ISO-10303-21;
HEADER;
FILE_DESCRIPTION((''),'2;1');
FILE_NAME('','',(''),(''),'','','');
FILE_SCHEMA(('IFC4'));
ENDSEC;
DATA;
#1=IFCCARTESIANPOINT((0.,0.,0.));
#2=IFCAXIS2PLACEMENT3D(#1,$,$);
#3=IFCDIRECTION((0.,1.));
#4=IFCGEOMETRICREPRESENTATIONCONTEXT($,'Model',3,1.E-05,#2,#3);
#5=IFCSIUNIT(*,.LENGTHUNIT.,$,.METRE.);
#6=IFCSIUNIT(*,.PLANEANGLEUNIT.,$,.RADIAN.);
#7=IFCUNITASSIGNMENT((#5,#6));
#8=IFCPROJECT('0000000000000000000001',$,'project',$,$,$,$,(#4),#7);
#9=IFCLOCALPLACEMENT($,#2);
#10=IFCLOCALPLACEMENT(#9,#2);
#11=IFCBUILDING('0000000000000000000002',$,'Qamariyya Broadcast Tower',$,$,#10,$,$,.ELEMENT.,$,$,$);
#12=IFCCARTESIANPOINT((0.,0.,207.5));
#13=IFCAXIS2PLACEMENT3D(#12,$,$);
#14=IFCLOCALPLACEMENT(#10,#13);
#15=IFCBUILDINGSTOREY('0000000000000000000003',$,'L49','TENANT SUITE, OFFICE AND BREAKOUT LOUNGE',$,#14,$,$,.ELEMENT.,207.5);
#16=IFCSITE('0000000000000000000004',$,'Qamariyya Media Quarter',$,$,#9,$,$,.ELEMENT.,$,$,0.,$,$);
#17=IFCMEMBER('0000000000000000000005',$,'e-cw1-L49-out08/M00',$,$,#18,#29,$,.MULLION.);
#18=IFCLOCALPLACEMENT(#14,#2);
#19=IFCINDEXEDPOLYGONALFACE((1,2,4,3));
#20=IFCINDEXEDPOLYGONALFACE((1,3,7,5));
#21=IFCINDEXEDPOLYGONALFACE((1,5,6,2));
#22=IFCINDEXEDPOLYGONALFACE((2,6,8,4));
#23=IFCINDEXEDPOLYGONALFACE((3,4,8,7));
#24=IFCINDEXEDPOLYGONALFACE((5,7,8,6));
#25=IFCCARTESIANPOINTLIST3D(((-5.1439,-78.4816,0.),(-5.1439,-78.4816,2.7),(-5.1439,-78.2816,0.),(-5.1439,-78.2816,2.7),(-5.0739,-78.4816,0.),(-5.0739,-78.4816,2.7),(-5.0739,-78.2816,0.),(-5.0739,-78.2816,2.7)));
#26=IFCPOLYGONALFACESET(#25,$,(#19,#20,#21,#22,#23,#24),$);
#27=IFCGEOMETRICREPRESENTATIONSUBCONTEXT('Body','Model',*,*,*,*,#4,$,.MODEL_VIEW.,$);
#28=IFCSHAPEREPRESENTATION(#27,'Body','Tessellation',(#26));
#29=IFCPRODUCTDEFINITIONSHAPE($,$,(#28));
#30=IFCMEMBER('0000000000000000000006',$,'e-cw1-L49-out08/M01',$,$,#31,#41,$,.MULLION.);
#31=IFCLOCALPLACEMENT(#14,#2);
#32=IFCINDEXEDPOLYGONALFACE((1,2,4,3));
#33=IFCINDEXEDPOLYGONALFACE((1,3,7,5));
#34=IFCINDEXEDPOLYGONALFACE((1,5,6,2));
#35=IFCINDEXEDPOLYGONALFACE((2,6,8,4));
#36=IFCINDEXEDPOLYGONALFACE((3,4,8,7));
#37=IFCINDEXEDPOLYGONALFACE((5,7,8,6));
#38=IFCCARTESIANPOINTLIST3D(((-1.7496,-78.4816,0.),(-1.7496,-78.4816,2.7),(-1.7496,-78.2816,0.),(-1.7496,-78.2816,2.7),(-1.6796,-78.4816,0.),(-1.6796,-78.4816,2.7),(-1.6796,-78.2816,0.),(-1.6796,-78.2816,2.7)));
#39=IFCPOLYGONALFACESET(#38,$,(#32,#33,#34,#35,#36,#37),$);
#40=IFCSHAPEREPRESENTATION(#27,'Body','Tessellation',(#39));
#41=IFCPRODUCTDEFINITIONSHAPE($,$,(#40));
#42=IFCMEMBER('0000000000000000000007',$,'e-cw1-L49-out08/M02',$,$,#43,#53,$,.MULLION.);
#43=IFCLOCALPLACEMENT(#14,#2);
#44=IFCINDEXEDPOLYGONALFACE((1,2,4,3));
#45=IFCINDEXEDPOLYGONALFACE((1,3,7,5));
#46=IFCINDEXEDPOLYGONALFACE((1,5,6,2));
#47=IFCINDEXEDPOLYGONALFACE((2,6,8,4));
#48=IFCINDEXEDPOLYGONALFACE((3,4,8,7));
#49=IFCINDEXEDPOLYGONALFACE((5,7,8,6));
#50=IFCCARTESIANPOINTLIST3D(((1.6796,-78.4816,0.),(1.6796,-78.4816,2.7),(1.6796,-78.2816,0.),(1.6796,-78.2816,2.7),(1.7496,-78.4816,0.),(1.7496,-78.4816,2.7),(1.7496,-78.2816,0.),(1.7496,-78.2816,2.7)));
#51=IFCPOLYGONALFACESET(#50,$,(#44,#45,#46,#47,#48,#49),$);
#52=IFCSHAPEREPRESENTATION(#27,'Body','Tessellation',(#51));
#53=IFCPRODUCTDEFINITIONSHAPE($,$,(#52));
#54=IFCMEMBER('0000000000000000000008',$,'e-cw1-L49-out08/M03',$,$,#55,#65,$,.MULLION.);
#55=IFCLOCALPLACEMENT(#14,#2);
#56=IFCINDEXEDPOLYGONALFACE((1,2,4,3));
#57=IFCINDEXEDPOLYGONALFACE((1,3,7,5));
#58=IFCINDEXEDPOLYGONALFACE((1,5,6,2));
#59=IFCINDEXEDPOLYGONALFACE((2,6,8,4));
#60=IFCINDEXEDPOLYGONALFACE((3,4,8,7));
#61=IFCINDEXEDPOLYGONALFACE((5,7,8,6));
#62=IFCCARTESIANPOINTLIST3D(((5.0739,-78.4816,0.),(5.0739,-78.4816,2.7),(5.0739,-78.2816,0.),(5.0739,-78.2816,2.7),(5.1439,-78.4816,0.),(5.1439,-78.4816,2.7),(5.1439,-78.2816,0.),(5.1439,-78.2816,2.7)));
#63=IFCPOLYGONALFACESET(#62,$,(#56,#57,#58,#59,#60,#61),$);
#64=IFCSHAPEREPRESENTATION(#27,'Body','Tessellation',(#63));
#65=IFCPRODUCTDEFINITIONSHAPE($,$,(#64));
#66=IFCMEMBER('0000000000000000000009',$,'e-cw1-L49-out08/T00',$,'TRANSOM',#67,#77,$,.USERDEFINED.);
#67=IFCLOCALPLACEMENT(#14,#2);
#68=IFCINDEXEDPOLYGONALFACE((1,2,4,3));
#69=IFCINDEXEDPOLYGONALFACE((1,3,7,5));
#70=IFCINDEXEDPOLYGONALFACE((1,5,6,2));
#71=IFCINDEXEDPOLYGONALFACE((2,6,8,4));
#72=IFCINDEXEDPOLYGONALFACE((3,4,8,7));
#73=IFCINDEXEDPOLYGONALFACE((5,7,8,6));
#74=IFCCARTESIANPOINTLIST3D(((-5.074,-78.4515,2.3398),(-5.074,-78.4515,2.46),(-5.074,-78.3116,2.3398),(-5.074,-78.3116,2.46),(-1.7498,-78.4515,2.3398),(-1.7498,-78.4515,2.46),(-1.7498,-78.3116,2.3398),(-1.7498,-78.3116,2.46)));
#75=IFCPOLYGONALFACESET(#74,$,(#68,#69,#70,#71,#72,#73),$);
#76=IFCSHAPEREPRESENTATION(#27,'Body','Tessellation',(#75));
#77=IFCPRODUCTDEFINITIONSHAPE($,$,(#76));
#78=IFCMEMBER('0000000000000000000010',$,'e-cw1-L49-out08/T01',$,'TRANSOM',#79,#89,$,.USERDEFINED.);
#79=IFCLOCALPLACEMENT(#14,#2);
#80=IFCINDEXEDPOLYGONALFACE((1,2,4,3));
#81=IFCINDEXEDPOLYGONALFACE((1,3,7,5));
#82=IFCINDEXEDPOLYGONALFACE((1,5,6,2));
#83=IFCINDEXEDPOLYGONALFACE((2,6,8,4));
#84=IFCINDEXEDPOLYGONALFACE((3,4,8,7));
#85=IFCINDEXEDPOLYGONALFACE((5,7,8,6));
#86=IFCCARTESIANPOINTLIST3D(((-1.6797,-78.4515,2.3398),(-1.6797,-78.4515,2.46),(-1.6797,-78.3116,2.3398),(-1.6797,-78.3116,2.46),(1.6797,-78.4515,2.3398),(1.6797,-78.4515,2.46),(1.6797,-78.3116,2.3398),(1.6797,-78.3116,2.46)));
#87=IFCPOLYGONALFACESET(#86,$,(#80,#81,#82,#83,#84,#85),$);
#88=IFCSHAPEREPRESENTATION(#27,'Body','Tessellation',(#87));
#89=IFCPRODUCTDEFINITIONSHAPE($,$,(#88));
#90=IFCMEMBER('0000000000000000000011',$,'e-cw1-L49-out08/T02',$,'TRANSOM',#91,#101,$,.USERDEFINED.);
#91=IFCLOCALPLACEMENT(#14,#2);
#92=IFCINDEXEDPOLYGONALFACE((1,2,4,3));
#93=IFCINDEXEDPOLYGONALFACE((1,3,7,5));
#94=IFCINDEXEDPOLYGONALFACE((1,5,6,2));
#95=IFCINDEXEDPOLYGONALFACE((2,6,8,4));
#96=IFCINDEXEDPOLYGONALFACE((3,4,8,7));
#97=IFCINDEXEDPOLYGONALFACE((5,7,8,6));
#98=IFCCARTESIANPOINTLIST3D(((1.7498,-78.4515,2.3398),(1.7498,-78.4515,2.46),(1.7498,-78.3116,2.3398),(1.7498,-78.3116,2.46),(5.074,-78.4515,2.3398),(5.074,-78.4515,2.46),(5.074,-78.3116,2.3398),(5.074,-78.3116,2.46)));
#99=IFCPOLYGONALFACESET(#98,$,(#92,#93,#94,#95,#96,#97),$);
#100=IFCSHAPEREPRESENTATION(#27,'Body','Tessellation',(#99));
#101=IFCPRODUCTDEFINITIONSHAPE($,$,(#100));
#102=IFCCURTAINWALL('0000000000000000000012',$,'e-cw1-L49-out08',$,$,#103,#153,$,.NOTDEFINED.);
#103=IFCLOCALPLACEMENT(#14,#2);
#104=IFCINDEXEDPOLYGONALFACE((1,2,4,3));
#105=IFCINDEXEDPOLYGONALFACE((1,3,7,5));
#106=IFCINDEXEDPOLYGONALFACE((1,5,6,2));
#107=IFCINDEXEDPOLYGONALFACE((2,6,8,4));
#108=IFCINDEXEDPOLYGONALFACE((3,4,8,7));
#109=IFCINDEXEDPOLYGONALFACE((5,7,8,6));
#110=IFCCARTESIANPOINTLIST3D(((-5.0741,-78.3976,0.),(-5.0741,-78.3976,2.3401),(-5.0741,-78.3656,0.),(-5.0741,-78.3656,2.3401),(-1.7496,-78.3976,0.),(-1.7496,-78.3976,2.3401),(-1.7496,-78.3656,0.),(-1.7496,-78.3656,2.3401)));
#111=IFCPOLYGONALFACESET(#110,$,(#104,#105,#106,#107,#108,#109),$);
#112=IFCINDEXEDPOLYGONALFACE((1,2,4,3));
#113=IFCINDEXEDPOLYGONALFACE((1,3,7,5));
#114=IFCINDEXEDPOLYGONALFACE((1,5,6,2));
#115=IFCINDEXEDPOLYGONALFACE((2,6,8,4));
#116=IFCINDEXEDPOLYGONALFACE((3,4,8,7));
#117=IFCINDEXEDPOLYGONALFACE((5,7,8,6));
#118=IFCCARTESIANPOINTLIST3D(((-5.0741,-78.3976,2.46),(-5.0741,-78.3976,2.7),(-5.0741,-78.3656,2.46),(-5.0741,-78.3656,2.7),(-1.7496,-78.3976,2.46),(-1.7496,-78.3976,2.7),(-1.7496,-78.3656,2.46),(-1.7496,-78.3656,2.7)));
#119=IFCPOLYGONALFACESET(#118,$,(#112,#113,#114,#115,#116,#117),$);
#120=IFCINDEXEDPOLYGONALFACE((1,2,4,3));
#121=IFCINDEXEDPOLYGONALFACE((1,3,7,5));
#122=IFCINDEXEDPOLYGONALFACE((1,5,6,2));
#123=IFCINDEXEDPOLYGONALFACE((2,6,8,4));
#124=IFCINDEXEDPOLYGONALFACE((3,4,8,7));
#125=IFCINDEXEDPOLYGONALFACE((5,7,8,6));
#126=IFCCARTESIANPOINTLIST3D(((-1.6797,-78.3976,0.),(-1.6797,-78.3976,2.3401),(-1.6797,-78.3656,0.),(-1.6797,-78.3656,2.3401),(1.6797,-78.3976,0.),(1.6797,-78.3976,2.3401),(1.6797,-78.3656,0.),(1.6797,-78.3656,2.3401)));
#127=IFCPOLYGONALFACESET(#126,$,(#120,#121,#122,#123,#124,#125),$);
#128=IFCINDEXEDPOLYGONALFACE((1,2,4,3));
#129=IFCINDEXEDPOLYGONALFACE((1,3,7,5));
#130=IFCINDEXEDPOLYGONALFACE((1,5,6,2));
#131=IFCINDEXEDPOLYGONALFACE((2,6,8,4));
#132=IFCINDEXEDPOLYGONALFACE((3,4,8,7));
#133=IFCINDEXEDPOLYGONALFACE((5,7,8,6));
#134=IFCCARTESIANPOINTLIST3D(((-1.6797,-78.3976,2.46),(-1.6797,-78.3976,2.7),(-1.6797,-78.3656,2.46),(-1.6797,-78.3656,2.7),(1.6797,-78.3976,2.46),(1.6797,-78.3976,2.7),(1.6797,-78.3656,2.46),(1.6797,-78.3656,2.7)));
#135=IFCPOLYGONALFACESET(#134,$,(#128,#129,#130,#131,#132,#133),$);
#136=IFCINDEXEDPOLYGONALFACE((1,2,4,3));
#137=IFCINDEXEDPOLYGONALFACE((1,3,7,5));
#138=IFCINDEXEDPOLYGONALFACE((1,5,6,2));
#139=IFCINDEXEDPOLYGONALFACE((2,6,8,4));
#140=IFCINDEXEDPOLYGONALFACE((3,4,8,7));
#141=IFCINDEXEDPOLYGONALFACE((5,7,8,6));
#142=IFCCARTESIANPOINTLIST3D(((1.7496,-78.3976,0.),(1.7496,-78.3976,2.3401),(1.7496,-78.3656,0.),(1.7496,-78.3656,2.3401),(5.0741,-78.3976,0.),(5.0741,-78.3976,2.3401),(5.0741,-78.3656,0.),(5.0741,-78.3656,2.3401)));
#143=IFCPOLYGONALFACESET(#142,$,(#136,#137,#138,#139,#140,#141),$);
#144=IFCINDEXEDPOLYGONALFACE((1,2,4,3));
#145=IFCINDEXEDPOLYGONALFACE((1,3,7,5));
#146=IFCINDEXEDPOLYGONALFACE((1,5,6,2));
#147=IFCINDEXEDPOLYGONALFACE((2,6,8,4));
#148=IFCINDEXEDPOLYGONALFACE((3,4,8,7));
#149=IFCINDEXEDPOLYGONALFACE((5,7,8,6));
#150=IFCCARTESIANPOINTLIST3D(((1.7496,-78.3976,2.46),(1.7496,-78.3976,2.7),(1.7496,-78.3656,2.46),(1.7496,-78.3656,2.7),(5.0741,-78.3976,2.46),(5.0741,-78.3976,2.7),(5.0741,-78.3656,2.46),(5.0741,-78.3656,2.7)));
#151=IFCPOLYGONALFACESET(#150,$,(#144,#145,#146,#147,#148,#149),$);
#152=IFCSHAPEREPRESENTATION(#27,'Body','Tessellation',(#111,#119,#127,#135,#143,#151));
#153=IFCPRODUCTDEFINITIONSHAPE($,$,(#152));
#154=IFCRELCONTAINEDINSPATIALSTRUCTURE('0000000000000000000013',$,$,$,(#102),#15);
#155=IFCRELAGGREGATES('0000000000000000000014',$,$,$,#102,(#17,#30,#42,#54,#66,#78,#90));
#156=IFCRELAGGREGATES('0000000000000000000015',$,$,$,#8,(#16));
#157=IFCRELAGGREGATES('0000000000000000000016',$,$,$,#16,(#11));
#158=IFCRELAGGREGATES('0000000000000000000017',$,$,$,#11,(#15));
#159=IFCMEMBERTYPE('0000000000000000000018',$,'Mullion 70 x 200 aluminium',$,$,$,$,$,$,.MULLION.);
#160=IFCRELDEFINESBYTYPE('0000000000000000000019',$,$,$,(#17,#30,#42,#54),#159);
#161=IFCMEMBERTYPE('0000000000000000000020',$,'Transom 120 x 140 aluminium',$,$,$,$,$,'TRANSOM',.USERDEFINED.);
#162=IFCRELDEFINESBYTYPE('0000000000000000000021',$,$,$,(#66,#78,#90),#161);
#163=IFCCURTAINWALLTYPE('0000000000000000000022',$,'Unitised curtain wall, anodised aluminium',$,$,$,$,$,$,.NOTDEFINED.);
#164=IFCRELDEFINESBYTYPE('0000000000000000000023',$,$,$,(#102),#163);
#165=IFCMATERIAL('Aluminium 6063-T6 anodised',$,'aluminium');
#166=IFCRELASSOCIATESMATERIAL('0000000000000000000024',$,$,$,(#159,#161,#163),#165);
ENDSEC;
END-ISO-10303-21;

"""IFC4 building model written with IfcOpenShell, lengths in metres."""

from ifc_helpers import new_model, si_unit, direction, frame, origin, origin_2d, place, context, subcontext, project, spatial, rectangle, extrude, material, material_profile, profile_set, type_object, element, aggregate, save


model = new_model("IFC4")

# Units and contexts
model_context = context("Model", 3, precision=1e-05, world=origin(), true_north=direction((0.0, 1.0)))
body_context = subcontext(model_context, "Body", "Model", "MODEL_VIEW")
ifc_project = project(units=[si_unit("LENGTHUNIT", "METRE"), si_unit("PLANEANGLEUNIT", "RADIAN")], contexts=[model_context])

# Members
ifc_material = material(Name="Aluminium 6063-T6 anodised", Category="aluminium")
ifc_material_profile_1 = material_profile(ifc_material, rectangle(XDim=0.2, YDim=0.0701, at=origin_2d()))
ifc_profile_set_1 = profile_set([ifc_material_profile_1], Name="Aluminium 6063-T6 anodised")
member_type_1 = type_object("IfcMemberType", Name="Mullion 70 x 200 aluminium", PredefinedType="MULLION", material=ifc_profile_set_1)
site_placement = place(None, origin())
building_placement = place(site_placement, origin())
storey_placement = place(building_placement, frame((0.0, 0.0, 207.5)))
member_1_placement = place(storey_placement, frame((-5.1089, -78.3816, 0.0), z_axis=(0.0, 0.0, 1.0), x_axis=(0.0, 1.0, 0.0)))
member_1 = element("IfcMember", 1, at=member_1_placement, type_object=member_type_1, Name="e-cw1-L49-out08/M00", PredefinedType="MULLION", context=body_context, shape_type="SweptSolid", body=[
    extrude(rectangle(XDim=0.2, YDim=0.0701, at=origin_2d()), origin(), (0.0, 0.0, 1.0), 2.7),
])
member_2_placement = place(storey_placement, frame((-1.7146, -78.3816, 0.0), z_axis=(0.0, 0.0, 1.0), x_axis=(0.0, 1.0, 0.0)))
member_2 = element("IfcMember", 2, at=member_2_placement, type_object=member_type_1, Name="e-cw1-L49-out08/M01", PredefinedType="MULLION", context=body_context, shape_type="SweptSolid", body=[
    extrude(rectangle(XDim=0.2, YDim=0.0701, at=origin_2d()), origin(), (0.0, 0.0, 1.0), 2.7),
])
member_3_placement = place(storey_placement, frame((1.7146, -78.3816, 0.0), z_axis=(0.0, 0.0, 1.0), x_axis=(0.0, 1.0, 0.0)))
member_3 = element("IfcMember", 3, at=member_3_placement, type_object=member_type_1, Name="e-cw1-L49-out08/M02", PredefinedType="MULLION", context=body_context, shape_type="SweptSolid", body=[
    extrude(rectangle(XDim=0.2, YDim=0.0701, at=origin_2d()), origin(), (0.0, 0.0, 1.0), 2.7),
])
member_4_placement = place(storey_placement, frame((5.1089, -78.3816, 0.0), z_axis=(0.0, 0.0, 1.0), x_axis=(0.0, 1.0, 0.0)))
member_4 = element("IfcMember", 4, at=member_4_placement, type_object=member_type_1, Name="e-cw1-L49-out08/M03", PredefinedType="MULLION", context=body_context, shape_type="SweptSolid", body=[
    extrude(rectangle(XDim=0.2, YDim=0.0701, at=origin_2d()), origin(), (0.0, 0.0, 1.0), 2.7),
])
ifc_material_profile_2 = material_profile(ifc_material, rectangle(XDim=0.1399, YDim=0.1201, at=origin_2d()))
ifc_profile_set_2 = profile_set([ifc_material_profile_2], Name="Aluminium 6063-T6 anodised")
member_type_2 = type_object("IfcMemberType", Name="Transom 120 x 140 aluminium", ElementType="TRANSOM", PredefinedType="USERDEFINED", material=ifc_profile_set_2)
member_5_placement = place(storey_placement, frame((-5.074, -78.3816, 2.3999), z_axis=(1.0, 0.0, 0.0), x_axis=(0.0, 1.0, 0.0)))
member_5 = element("IfcMember", 5, at=member_5_placement, type_object=member_type_2, Name="e-cw1-L49-out08/T00", ObjectType="TRANSOM", PredefinedType="USERDEFINED", context=body_context, shape_type="SweptSolid", body=[
    extrude(rectangle(XDim=0.1399, YDim=0.1201, at=origin_2d()), origin(), (0.0, 0.0, 1.0), 3.3242),
])
member_6_placement = place(storey_placement, frame((-1.6797, -78.3816, 2.3999), z_axis=(1.0, 0.0, 0.0), x_axis=(0.0, 1.0, 0.0)))
member_6 = element("IfcMember", 6, at=member_6_placement, type_object=member_type_2, Name="e-cw1-L49-out08/T01", ObjectType="TRANSOM", PredefinedType="USERDEFINED", context=body_context, shape_type="SweptSolid", body=[
    extrude(rectangle(XDim=0.1399, YDim=0.1201, at=origin_2d()), origin(), (0.0, 0.0, 1.0), 3.3594),
])
member_7_placement = place(storey_placement, frame((1.7498, -78.3816, 2.3999), z_axis=(1.0, 0.0, 0.0), x_axis=(0.0, 1.0, 0.0)))
member_7 = element("IfcMember", 7, at=member_7_placement, type_object=member_type_2, Name="e-cw1-L49-out08/T02", ObjectType="TRANSOM", PredefinedType="USERDEFINED", context=body_context, shape_type="SweptSolid", body=[
    extrude(rectangle(XDim=0.1399, YDim=0.1201, at=origin_2d()), origin(), (0.0, 0.0, 1.0), 3.3242),
])

# Site, building, storey
site = spatial("IfcSite", under=ifc_project, at=site_placement, Name="Qamariyya Media Quarter", CompositionType="ELEMENT", RefElevation=0.0)
building = spatial("IfcBuilding", under=site, at=building_placement, Name="Qamariyya Broadcast Tower", CompositionType="ELEMENT")
storey = spatial("IfcBuildingStorey", under=building, at=storey_placement, Name="L49", Description="TENANT SUITE, OFFICE AND BREAKOUT LOUNGE", CompositionType="ELEMENT", Elevation=207.5)

# Curtain wall
curtain_wall_type = type_object("IfcCurtainWallType", Name="Unitised curtain wall, anodised aluminium", PredefinedType="NOTDEFINED", material=ifc_material)
curtain_wall_1_placement = place(storey_placement, origin())
curtain_wall_1 = element("IfcCurtainWall", 8, at=curtain_wall_1_placement, inside=storey, type_object=curtain_wall_type, Name="e-cw1-L49-out08", PredefinedType="NOTDEFINED", context=body_context, shape_type="SweptSolid", body=[
    extrude(rectangle(XDim=3.3245, YDim=0.032, at=origin_2d()), frame((-3.4119, -78.3816, 0.0), x_axis=(1.0, 0.0, 0.0)), (0.0, 0.0, 1.0), 2.3401),
    extrude(rectangle(XDim=3.3245, YDim=0.032, at=origin_2d()), frame((-3.4119, -78.3816, 2.46), x_axis=(1.0, 0.0, 0.0)), (0.0, 0.0, 1.0), 0.24),
    extrude(rectangle(XDim=3.3594, YDim=0.032, at=origin_2d()), frame((0.0, -78.3816, 0.0), x_axis=(1.0, 0.0, 0.0)), (0.0, 0.0, 1.0), 2.3401),
    extrude(rectangle(XDim=3.3594, YDim=0.032, at=origin_2d()), frame((0.0, -78.3816, 2.46), x_axis=(1.0, 0.0, 0.0)), (0.0, 0.0, 1.0), 0.24),
    extrude(rectangle(XDim=3.3245, YDim=0.032, at=origin_2d()), frame((3.4119, -78.3816, 0.0), x_axis=(1.0, 0.0, 0.0)), (0.0, 0.0, 1.0), 2.3401),
    extrude(rectangle(XDim=3.3245, YDim=0.032, at=origin_2d()), frame((3.4119, -78.3816, 2.46), x_axis=(1.0, 0.0, 0.0)), (0.0, 0.0, 1.0), 0.24),
])
aggregate(curtain_wall_1, [member_1, member_2, member_3, member_4, member_5, member_6, member_7])

save(model, "model.ifc")
